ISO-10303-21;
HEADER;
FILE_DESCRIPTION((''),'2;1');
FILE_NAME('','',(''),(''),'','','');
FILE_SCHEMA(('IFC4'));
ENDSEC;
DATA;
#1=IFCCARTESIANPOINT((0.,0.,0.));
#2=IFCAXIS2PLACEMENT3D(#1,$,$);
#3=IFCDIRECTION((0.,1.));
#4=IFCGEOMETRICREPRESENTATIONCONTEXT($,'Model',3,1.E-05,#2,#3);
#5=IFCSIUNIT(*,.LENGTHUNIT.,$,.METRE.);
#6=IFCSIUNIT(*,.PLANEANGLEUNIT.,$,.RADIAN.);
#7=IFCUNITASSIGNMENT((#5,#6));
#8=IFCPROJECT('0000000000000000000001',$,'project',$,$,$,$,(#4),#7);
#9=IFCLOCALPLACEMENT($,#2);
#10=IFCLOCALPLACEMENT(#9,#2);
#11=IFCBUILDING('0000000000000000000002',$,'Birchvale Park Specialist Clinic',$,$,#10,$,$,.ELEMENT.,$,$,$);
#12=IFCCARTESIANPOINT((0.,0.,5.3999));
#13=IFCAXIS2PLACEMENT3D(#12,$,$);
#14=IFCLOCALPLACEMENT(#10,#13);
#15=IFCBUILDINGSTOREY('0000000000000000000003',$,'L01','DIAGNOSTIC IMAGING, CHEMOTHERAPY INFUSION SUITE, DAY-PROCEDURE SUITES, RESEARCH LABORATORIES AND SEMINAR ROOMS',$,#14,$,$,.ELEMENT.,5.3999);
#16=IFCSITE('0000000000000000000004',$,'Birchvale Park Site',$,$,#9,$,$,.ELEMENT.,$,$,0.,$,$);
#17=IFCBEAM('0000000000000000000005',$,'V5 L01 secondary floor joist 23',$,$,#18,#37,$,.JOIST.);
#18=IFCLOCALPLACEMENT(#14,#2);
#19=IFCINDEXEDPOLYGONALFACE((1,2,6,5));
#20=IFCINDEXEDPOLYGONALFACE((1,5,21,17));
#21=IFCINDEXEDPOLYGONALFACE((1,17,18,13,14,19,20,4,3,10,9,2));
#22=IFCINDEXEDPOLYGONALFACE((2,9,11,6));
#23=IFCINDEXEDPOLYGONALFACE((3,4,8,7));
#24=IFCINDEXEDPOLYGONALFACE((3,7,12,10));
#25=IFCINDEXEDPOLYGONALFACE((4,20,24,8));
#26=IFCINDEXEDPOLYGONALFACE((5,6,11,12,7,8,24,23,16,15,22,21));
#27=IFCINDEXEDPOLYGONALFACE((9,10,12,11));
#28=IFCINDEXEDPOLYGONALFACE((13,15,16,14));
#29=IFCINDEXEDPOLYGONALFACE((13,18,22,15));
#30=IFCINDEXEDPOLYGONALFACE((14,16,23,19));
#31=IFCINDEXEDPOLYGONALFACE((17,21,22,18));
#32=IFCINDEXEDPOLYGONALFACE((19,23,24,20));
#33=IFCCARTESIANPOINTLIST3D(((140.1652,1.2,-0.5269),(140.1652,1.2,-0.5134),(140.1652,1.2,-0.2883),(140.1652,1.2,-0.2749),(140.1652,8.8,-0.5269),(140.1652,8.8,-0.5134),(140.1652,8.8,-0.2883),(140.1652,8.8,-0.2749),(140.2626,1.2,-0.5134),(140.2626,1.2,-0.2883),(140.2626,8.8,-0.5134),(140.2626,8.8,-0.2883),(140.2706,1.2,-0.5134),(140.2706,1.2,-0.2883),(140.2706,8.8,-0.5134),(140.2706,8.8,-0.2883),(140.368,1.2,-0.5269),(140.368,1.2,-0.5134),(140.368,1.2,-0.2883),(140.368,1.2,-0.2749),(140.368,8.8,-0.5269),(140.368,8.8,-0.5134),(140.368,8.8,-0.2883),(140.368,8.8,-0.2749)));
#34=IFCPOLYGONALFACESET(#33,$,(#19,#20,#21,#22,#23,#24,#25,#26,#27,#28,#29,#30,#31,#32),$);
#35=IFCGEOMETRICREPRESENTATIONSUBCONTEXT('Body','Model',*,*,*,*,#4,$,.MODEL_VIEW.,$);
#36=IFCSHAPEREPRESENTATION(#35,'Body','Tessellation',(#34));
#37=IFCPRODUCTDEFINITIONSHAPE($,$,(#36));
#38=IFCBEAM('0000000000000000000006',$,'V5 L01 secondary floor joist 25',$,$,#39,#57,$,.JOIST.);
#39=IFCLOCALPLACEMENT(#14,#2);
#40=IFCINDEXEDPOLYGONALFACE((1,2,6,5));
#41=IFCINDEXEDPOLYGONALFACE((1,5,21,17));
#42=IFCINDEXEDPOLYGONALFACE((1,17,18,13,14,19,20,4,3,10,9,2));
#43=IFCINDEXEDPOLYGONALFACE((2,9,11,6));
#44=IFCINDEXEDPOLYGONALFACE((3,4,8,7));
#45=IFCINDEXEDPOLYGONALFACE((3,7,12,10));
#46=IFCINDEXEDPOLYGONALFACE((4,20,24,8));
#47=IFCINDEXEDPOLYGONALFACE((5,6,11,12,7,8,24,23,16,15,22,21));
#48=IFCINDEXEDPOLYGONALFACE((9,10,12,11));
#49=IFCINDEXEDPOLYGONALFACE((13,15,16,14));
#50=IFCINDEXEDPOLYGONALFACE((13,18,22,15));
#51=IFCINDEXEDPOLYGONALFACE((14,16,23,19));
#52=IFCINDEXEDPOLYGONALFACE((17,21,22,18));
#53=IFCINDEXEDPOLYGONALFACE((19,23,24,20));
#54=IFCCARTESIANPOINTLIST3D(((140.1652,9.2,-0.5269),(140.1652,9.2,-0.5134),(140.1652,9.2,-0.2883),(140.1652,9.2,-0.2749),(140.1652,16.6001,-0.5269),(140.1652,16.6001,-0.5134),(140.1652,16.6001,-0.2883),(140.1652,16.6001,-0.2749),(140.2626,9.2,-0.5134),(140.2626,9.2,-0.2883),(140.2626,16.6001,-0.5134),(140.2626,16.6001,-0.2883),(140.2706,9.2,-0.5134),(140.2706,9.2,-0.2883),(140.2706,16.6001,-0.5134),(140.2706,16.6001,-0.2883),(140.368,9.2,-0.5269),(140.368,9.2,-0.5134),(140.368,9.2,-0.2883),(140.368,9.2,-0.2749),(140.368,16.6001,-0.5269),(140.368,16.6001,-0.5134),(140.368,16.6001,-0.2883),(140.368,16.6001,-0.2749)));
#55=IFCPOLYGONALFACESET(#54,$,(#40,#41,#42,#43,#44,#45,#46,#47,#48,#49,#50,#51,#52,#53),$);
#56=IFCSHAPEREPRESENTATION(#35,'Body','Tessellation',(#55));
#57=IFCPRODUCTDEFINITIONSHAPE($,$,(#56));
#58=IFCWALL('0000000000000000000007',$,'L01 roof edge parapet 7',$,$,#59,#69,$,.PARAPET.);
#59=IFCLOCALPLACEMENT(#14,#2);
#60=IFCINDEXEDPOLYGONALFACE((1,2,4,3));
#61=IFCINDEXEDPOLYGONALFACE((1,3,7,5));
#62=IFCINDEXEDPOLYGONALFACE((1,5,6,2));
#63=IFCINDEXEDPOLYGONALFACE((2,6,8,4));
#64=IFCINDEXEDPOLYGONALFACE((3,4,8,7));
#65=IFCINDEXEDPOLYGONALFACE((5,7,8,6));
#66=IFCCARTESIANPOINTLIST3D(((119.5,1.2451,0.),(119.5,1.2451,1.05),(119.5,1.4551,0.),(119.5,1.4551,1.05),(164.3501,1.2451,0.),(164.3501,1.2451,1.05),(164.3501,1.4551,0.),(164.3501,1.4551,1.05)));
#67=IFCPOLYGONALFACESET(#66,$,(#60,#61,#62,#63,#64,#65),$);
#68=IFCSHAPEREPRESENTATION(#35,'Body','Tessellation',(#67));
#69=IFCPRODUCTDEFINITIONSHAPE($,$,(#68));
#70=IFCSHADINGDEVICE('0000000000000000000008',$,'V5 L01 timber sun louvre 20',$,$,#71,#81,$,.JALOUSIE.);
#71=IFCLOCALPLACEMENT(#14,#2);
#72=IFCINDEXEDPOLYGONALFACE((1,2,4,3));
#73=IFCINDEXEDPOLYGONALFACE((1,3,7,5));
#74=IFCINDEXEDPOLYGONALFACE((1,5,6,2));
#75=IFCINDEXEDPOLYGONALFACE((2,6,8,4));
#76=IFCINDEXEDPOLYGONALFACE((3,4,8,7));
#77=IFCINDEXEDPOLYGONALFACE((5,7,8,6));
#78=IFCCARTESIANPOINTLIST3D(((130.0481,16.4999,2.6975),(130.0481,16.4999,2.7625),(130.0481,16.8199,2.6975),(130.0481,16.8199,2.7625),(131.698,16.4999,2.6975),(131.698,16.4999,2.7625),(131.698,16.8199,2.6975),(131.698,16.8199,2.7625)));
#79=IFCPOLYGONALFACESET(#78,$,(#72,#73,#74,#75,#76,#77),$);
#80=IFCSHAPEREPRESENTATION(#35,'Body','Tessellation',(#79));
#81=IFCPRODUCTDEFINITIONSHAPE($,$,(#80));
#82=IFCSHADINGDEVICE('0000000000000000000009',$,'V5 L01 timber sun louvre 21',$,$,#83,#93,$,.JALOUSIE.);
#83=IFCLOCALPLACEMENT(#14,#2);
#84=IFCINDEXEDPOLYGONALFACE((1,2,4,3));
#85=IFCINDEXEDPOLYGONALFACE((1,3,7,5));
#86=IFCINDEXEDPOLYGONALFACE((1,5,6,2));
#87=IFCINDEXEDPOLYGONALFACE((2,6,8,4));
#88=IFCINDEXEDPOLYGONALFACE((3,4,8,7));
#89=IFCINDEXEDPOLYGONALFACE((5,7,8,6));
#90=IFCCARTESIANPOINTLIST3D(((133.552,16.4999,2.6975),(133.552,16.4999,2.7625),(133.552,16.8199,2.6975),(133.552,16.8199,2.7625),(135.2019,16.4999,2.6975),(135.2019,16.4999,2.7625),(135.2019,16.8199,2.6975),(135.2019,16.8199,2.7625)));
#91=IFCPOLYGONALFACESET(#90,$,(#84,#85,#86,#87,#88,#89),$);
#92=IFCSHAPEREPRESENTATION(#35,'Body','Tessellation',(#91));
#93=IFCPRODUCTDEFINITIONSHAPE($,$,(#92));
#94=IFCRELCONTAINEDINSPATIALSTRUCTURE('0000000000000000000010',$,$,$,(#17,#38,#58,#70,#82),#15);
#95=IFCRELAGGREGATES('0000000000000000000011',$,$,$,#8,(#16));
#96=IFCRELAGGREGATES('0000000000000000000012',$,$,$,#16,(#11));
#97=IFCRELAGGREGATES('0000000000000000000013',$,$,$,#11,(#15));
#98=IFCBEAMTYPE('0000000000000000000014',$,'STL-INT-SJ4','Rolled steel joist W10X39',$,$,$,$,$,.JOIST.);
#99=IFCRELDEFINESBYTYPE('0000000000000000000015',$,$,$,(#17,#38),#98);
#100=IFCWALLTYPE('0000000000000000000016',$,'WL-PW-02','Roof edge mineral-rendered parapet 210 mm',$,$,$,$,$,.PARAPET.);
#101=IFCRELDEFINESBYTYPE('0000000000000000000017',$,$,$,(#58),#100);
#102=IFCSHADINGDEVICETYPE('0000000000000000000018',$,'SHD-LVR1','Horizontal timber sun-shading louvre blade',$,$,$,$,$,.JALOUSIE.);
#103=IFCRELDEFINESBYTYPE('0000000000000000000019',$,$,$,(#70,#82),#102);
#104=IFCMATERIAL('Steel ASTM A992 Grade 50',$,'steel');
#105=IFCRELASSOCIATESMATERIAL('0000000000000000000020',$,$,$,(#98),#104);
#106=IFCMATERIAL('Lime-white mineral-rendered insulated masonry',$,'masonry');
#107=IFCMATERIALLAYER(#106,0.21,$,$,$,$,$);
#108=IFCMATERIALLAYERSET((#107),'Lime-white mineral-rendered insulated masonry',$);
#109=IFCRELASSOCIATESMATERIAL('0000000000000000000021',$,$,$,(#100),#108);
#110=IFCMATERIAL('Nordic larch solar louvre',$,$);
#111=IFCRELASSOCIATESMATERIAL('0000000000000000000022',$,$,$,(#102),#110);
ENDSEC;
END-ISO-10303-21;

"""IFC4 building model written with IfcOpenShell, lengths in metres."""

from ifc_helpers import new_model, si_unit, direction, frame, frame_2d, origin, origin_2d, place, context, subcontext, project, spatial, rectangle, i_section, extrude, material, layer, layer_set, material_profile, profile_set, type_object, element, save


model = new_model("IFC4")

# Units and contexts
model_context = context("Model", 3, precision=1e-05, world=origin(), true_north=direction((0.0, 1.0)))
body_context = subcontext(model_context, "Body", "Model", "MODEL_VIEW")
ifc_project = project(units=[si_unit("LENGTHUNIT", "METRE"), si_unit("PLANEANGLEUNIT", "RADIAN")], contexts=[model_context])

# Site, building, storey
site_placement = place(None, origin())
site = spatial("IfcSite", under=ifc_project, at=site_placement, Name="Birchvale Park Site", CompositionType="ELEMENT", RefElevation=0.0)
building_placement = place(site_placement, origin())
building = spatial("IfcBuilding", under=site, at=building_placement, Name="Birchvale Park Specialist Clinic", CompositionType="ELEMENT")
storey_placement = place(building_placement, frame((0.0, 0.0, 5.3999)))
storey = spatial("IfcBuildingStorey", under=building, at=storey_placement, Name="L01", Description="DIAGNOSTIC IMAGING, CHEMOTHERAPY INFUSION SUITE, DAY-PROCEDURE SUITES, RESEARCH LABORATORIES AND SEMINAR ROOMS", CompositionType="ELEMENT", Elevation=5.3999)

# Beams
ifc_material_1 = material(Name="Steel ASTM A992 Grade 50", Category="steel")
ifc_material_profile_1 = material_profile(ifc_material_1, i_section(OverallWidth=0.2029, OverallDepth=0.252, WebThickness=0.0081, FlangeThickness=0.0134, at=origin_2d()), Name="W10X39")
ifc_profile_set_1 = profile_set([ifc_material_profile_1], Name="Steel ASTM A992 Grade 50")
beam_type_1 = type_object("IfcBeamType", Name="STL-INT-SJ4", Description="Rolled steel joist W10X39", PredefinedType="JOIST", material=ifc_profile_set_1)
beam_1_placement = place(storey_placement, frame((140.2666, 1.2, -0.4009), z_axis=(0.0, 1.0, 0.0), x_axis=(-1.0, 0.0, 0.0)))
element("IfcBeam", 1, at=beam_1_placement, inside=storey, type_object=beam_type_1, Name="V5 L01 secondary floor joist 23", PredefinedType="JOIST", context=body_context, shape_type="SweptSolid", body=[
    extrude(i_section(OverallWidth=0.2029, OverallDepth=0.252, WebThickness=0.0081, FlangeThickness=0.0134, at=origin_2d()), origin(), (0.0, 0.0, 1.0), 7.6001),
])
beam_2_placement = place(storey_placement, frame((140.2666, 9.2, -0.4009), z_axis=(0.0, 1.0, 0.0), x_axis=(-1.0, 0.0, 0.0)))
element("IfcBeam", 2, at=beam_2_placement, inside=storey, type_object=beam_type_1, Name="V5 L01 secondary floor joist 25", PredefinedType="JOIST", context=body_context, shape_type="SweptSolid", body=[
    extrude(i_section(OverallWidth=0.2029, OverallDepth=0.252, WebThickness=0.0081, FlangeThickness=0.0134, at=origin_2d()), origin(), (0.0, 0.0, 1.0), 7.4001),
])

# Wall
ifc_material_2 = material(Name="Lime-white mineral-rendered insulated masonry", Category="masonry")
ifc_layer = layer(ifc_material_2, 0.21)
ifc_layer_set = layer_set([ifc_layer], Name="Lime-white mineral-rendered insulated masonry")
wall_type = type_object("IfcWallType", Name="WL-PW-02", Description="Roof edge mineral-rendered parapet 210 mm", PredefinedType="PARAPET", material=ifc_layer_set)
wall_placement = place(storey_placement, frame((119.5, 1.3501, 0.0), z_axis=(0.0, 0.0, 1.0), x_axis=(1.0, 0.0, 0.0)))
element("IfcWall", 3, at=wall_placement, inside=storey, type_object=wall_type, Name="L01 roof edge parapet 7", PredefinedType="PARAPET", context=body_context, shape_type="SweptSolid", body=[
    extrude(rectangle(XDim=44.8501, YDim=0.21, at=frame_2d((22.425, 0.0))), origin(), (0.0, 0.0, 1.0), 1.05),
])

# Shading devices
ifc_material_3 = material(Name="Nordic larch solar louvre")
shading_device_type = type_object("IfcShadingDeviceType", Name="SHD-LVR1", Description="Horizontal timber sun-shading louvre blade", PredefinedType="JALOUSIE", material=ifc_material_3)
for number, where, z_axis, x_axis, name in (
    (4, (130.873, 16.6599, 2.6975), (0.0, 0.0, 1.0), (1.0, 0.0, 0.0), "V5 L01 timber sun louvre 20"),
    (5, (134.377, 16.6599, 2.6975), (0.0, 0.0, 1.0), (1.0, 0.0, 0.0), "V5 L01 timber sun louvre 21"),
):
    element("IfcShadingDevice", number, at=place(storey_placement, frame(where, z_axis=z_axis, x_axis=x_axis)), inside=storey, type_object=shading_device_type, Name=name, PredefinedType="JALOUSIE", context=body_context, shape_type="SweptSolid", body=[
        extrude(rectangle(XDim=1.6499, YDim=0.3201, at=origin_2d()), origin(), (0.0, 0.0, 1.0), 0.0649),
    ])

save(model, "model.ifc")
